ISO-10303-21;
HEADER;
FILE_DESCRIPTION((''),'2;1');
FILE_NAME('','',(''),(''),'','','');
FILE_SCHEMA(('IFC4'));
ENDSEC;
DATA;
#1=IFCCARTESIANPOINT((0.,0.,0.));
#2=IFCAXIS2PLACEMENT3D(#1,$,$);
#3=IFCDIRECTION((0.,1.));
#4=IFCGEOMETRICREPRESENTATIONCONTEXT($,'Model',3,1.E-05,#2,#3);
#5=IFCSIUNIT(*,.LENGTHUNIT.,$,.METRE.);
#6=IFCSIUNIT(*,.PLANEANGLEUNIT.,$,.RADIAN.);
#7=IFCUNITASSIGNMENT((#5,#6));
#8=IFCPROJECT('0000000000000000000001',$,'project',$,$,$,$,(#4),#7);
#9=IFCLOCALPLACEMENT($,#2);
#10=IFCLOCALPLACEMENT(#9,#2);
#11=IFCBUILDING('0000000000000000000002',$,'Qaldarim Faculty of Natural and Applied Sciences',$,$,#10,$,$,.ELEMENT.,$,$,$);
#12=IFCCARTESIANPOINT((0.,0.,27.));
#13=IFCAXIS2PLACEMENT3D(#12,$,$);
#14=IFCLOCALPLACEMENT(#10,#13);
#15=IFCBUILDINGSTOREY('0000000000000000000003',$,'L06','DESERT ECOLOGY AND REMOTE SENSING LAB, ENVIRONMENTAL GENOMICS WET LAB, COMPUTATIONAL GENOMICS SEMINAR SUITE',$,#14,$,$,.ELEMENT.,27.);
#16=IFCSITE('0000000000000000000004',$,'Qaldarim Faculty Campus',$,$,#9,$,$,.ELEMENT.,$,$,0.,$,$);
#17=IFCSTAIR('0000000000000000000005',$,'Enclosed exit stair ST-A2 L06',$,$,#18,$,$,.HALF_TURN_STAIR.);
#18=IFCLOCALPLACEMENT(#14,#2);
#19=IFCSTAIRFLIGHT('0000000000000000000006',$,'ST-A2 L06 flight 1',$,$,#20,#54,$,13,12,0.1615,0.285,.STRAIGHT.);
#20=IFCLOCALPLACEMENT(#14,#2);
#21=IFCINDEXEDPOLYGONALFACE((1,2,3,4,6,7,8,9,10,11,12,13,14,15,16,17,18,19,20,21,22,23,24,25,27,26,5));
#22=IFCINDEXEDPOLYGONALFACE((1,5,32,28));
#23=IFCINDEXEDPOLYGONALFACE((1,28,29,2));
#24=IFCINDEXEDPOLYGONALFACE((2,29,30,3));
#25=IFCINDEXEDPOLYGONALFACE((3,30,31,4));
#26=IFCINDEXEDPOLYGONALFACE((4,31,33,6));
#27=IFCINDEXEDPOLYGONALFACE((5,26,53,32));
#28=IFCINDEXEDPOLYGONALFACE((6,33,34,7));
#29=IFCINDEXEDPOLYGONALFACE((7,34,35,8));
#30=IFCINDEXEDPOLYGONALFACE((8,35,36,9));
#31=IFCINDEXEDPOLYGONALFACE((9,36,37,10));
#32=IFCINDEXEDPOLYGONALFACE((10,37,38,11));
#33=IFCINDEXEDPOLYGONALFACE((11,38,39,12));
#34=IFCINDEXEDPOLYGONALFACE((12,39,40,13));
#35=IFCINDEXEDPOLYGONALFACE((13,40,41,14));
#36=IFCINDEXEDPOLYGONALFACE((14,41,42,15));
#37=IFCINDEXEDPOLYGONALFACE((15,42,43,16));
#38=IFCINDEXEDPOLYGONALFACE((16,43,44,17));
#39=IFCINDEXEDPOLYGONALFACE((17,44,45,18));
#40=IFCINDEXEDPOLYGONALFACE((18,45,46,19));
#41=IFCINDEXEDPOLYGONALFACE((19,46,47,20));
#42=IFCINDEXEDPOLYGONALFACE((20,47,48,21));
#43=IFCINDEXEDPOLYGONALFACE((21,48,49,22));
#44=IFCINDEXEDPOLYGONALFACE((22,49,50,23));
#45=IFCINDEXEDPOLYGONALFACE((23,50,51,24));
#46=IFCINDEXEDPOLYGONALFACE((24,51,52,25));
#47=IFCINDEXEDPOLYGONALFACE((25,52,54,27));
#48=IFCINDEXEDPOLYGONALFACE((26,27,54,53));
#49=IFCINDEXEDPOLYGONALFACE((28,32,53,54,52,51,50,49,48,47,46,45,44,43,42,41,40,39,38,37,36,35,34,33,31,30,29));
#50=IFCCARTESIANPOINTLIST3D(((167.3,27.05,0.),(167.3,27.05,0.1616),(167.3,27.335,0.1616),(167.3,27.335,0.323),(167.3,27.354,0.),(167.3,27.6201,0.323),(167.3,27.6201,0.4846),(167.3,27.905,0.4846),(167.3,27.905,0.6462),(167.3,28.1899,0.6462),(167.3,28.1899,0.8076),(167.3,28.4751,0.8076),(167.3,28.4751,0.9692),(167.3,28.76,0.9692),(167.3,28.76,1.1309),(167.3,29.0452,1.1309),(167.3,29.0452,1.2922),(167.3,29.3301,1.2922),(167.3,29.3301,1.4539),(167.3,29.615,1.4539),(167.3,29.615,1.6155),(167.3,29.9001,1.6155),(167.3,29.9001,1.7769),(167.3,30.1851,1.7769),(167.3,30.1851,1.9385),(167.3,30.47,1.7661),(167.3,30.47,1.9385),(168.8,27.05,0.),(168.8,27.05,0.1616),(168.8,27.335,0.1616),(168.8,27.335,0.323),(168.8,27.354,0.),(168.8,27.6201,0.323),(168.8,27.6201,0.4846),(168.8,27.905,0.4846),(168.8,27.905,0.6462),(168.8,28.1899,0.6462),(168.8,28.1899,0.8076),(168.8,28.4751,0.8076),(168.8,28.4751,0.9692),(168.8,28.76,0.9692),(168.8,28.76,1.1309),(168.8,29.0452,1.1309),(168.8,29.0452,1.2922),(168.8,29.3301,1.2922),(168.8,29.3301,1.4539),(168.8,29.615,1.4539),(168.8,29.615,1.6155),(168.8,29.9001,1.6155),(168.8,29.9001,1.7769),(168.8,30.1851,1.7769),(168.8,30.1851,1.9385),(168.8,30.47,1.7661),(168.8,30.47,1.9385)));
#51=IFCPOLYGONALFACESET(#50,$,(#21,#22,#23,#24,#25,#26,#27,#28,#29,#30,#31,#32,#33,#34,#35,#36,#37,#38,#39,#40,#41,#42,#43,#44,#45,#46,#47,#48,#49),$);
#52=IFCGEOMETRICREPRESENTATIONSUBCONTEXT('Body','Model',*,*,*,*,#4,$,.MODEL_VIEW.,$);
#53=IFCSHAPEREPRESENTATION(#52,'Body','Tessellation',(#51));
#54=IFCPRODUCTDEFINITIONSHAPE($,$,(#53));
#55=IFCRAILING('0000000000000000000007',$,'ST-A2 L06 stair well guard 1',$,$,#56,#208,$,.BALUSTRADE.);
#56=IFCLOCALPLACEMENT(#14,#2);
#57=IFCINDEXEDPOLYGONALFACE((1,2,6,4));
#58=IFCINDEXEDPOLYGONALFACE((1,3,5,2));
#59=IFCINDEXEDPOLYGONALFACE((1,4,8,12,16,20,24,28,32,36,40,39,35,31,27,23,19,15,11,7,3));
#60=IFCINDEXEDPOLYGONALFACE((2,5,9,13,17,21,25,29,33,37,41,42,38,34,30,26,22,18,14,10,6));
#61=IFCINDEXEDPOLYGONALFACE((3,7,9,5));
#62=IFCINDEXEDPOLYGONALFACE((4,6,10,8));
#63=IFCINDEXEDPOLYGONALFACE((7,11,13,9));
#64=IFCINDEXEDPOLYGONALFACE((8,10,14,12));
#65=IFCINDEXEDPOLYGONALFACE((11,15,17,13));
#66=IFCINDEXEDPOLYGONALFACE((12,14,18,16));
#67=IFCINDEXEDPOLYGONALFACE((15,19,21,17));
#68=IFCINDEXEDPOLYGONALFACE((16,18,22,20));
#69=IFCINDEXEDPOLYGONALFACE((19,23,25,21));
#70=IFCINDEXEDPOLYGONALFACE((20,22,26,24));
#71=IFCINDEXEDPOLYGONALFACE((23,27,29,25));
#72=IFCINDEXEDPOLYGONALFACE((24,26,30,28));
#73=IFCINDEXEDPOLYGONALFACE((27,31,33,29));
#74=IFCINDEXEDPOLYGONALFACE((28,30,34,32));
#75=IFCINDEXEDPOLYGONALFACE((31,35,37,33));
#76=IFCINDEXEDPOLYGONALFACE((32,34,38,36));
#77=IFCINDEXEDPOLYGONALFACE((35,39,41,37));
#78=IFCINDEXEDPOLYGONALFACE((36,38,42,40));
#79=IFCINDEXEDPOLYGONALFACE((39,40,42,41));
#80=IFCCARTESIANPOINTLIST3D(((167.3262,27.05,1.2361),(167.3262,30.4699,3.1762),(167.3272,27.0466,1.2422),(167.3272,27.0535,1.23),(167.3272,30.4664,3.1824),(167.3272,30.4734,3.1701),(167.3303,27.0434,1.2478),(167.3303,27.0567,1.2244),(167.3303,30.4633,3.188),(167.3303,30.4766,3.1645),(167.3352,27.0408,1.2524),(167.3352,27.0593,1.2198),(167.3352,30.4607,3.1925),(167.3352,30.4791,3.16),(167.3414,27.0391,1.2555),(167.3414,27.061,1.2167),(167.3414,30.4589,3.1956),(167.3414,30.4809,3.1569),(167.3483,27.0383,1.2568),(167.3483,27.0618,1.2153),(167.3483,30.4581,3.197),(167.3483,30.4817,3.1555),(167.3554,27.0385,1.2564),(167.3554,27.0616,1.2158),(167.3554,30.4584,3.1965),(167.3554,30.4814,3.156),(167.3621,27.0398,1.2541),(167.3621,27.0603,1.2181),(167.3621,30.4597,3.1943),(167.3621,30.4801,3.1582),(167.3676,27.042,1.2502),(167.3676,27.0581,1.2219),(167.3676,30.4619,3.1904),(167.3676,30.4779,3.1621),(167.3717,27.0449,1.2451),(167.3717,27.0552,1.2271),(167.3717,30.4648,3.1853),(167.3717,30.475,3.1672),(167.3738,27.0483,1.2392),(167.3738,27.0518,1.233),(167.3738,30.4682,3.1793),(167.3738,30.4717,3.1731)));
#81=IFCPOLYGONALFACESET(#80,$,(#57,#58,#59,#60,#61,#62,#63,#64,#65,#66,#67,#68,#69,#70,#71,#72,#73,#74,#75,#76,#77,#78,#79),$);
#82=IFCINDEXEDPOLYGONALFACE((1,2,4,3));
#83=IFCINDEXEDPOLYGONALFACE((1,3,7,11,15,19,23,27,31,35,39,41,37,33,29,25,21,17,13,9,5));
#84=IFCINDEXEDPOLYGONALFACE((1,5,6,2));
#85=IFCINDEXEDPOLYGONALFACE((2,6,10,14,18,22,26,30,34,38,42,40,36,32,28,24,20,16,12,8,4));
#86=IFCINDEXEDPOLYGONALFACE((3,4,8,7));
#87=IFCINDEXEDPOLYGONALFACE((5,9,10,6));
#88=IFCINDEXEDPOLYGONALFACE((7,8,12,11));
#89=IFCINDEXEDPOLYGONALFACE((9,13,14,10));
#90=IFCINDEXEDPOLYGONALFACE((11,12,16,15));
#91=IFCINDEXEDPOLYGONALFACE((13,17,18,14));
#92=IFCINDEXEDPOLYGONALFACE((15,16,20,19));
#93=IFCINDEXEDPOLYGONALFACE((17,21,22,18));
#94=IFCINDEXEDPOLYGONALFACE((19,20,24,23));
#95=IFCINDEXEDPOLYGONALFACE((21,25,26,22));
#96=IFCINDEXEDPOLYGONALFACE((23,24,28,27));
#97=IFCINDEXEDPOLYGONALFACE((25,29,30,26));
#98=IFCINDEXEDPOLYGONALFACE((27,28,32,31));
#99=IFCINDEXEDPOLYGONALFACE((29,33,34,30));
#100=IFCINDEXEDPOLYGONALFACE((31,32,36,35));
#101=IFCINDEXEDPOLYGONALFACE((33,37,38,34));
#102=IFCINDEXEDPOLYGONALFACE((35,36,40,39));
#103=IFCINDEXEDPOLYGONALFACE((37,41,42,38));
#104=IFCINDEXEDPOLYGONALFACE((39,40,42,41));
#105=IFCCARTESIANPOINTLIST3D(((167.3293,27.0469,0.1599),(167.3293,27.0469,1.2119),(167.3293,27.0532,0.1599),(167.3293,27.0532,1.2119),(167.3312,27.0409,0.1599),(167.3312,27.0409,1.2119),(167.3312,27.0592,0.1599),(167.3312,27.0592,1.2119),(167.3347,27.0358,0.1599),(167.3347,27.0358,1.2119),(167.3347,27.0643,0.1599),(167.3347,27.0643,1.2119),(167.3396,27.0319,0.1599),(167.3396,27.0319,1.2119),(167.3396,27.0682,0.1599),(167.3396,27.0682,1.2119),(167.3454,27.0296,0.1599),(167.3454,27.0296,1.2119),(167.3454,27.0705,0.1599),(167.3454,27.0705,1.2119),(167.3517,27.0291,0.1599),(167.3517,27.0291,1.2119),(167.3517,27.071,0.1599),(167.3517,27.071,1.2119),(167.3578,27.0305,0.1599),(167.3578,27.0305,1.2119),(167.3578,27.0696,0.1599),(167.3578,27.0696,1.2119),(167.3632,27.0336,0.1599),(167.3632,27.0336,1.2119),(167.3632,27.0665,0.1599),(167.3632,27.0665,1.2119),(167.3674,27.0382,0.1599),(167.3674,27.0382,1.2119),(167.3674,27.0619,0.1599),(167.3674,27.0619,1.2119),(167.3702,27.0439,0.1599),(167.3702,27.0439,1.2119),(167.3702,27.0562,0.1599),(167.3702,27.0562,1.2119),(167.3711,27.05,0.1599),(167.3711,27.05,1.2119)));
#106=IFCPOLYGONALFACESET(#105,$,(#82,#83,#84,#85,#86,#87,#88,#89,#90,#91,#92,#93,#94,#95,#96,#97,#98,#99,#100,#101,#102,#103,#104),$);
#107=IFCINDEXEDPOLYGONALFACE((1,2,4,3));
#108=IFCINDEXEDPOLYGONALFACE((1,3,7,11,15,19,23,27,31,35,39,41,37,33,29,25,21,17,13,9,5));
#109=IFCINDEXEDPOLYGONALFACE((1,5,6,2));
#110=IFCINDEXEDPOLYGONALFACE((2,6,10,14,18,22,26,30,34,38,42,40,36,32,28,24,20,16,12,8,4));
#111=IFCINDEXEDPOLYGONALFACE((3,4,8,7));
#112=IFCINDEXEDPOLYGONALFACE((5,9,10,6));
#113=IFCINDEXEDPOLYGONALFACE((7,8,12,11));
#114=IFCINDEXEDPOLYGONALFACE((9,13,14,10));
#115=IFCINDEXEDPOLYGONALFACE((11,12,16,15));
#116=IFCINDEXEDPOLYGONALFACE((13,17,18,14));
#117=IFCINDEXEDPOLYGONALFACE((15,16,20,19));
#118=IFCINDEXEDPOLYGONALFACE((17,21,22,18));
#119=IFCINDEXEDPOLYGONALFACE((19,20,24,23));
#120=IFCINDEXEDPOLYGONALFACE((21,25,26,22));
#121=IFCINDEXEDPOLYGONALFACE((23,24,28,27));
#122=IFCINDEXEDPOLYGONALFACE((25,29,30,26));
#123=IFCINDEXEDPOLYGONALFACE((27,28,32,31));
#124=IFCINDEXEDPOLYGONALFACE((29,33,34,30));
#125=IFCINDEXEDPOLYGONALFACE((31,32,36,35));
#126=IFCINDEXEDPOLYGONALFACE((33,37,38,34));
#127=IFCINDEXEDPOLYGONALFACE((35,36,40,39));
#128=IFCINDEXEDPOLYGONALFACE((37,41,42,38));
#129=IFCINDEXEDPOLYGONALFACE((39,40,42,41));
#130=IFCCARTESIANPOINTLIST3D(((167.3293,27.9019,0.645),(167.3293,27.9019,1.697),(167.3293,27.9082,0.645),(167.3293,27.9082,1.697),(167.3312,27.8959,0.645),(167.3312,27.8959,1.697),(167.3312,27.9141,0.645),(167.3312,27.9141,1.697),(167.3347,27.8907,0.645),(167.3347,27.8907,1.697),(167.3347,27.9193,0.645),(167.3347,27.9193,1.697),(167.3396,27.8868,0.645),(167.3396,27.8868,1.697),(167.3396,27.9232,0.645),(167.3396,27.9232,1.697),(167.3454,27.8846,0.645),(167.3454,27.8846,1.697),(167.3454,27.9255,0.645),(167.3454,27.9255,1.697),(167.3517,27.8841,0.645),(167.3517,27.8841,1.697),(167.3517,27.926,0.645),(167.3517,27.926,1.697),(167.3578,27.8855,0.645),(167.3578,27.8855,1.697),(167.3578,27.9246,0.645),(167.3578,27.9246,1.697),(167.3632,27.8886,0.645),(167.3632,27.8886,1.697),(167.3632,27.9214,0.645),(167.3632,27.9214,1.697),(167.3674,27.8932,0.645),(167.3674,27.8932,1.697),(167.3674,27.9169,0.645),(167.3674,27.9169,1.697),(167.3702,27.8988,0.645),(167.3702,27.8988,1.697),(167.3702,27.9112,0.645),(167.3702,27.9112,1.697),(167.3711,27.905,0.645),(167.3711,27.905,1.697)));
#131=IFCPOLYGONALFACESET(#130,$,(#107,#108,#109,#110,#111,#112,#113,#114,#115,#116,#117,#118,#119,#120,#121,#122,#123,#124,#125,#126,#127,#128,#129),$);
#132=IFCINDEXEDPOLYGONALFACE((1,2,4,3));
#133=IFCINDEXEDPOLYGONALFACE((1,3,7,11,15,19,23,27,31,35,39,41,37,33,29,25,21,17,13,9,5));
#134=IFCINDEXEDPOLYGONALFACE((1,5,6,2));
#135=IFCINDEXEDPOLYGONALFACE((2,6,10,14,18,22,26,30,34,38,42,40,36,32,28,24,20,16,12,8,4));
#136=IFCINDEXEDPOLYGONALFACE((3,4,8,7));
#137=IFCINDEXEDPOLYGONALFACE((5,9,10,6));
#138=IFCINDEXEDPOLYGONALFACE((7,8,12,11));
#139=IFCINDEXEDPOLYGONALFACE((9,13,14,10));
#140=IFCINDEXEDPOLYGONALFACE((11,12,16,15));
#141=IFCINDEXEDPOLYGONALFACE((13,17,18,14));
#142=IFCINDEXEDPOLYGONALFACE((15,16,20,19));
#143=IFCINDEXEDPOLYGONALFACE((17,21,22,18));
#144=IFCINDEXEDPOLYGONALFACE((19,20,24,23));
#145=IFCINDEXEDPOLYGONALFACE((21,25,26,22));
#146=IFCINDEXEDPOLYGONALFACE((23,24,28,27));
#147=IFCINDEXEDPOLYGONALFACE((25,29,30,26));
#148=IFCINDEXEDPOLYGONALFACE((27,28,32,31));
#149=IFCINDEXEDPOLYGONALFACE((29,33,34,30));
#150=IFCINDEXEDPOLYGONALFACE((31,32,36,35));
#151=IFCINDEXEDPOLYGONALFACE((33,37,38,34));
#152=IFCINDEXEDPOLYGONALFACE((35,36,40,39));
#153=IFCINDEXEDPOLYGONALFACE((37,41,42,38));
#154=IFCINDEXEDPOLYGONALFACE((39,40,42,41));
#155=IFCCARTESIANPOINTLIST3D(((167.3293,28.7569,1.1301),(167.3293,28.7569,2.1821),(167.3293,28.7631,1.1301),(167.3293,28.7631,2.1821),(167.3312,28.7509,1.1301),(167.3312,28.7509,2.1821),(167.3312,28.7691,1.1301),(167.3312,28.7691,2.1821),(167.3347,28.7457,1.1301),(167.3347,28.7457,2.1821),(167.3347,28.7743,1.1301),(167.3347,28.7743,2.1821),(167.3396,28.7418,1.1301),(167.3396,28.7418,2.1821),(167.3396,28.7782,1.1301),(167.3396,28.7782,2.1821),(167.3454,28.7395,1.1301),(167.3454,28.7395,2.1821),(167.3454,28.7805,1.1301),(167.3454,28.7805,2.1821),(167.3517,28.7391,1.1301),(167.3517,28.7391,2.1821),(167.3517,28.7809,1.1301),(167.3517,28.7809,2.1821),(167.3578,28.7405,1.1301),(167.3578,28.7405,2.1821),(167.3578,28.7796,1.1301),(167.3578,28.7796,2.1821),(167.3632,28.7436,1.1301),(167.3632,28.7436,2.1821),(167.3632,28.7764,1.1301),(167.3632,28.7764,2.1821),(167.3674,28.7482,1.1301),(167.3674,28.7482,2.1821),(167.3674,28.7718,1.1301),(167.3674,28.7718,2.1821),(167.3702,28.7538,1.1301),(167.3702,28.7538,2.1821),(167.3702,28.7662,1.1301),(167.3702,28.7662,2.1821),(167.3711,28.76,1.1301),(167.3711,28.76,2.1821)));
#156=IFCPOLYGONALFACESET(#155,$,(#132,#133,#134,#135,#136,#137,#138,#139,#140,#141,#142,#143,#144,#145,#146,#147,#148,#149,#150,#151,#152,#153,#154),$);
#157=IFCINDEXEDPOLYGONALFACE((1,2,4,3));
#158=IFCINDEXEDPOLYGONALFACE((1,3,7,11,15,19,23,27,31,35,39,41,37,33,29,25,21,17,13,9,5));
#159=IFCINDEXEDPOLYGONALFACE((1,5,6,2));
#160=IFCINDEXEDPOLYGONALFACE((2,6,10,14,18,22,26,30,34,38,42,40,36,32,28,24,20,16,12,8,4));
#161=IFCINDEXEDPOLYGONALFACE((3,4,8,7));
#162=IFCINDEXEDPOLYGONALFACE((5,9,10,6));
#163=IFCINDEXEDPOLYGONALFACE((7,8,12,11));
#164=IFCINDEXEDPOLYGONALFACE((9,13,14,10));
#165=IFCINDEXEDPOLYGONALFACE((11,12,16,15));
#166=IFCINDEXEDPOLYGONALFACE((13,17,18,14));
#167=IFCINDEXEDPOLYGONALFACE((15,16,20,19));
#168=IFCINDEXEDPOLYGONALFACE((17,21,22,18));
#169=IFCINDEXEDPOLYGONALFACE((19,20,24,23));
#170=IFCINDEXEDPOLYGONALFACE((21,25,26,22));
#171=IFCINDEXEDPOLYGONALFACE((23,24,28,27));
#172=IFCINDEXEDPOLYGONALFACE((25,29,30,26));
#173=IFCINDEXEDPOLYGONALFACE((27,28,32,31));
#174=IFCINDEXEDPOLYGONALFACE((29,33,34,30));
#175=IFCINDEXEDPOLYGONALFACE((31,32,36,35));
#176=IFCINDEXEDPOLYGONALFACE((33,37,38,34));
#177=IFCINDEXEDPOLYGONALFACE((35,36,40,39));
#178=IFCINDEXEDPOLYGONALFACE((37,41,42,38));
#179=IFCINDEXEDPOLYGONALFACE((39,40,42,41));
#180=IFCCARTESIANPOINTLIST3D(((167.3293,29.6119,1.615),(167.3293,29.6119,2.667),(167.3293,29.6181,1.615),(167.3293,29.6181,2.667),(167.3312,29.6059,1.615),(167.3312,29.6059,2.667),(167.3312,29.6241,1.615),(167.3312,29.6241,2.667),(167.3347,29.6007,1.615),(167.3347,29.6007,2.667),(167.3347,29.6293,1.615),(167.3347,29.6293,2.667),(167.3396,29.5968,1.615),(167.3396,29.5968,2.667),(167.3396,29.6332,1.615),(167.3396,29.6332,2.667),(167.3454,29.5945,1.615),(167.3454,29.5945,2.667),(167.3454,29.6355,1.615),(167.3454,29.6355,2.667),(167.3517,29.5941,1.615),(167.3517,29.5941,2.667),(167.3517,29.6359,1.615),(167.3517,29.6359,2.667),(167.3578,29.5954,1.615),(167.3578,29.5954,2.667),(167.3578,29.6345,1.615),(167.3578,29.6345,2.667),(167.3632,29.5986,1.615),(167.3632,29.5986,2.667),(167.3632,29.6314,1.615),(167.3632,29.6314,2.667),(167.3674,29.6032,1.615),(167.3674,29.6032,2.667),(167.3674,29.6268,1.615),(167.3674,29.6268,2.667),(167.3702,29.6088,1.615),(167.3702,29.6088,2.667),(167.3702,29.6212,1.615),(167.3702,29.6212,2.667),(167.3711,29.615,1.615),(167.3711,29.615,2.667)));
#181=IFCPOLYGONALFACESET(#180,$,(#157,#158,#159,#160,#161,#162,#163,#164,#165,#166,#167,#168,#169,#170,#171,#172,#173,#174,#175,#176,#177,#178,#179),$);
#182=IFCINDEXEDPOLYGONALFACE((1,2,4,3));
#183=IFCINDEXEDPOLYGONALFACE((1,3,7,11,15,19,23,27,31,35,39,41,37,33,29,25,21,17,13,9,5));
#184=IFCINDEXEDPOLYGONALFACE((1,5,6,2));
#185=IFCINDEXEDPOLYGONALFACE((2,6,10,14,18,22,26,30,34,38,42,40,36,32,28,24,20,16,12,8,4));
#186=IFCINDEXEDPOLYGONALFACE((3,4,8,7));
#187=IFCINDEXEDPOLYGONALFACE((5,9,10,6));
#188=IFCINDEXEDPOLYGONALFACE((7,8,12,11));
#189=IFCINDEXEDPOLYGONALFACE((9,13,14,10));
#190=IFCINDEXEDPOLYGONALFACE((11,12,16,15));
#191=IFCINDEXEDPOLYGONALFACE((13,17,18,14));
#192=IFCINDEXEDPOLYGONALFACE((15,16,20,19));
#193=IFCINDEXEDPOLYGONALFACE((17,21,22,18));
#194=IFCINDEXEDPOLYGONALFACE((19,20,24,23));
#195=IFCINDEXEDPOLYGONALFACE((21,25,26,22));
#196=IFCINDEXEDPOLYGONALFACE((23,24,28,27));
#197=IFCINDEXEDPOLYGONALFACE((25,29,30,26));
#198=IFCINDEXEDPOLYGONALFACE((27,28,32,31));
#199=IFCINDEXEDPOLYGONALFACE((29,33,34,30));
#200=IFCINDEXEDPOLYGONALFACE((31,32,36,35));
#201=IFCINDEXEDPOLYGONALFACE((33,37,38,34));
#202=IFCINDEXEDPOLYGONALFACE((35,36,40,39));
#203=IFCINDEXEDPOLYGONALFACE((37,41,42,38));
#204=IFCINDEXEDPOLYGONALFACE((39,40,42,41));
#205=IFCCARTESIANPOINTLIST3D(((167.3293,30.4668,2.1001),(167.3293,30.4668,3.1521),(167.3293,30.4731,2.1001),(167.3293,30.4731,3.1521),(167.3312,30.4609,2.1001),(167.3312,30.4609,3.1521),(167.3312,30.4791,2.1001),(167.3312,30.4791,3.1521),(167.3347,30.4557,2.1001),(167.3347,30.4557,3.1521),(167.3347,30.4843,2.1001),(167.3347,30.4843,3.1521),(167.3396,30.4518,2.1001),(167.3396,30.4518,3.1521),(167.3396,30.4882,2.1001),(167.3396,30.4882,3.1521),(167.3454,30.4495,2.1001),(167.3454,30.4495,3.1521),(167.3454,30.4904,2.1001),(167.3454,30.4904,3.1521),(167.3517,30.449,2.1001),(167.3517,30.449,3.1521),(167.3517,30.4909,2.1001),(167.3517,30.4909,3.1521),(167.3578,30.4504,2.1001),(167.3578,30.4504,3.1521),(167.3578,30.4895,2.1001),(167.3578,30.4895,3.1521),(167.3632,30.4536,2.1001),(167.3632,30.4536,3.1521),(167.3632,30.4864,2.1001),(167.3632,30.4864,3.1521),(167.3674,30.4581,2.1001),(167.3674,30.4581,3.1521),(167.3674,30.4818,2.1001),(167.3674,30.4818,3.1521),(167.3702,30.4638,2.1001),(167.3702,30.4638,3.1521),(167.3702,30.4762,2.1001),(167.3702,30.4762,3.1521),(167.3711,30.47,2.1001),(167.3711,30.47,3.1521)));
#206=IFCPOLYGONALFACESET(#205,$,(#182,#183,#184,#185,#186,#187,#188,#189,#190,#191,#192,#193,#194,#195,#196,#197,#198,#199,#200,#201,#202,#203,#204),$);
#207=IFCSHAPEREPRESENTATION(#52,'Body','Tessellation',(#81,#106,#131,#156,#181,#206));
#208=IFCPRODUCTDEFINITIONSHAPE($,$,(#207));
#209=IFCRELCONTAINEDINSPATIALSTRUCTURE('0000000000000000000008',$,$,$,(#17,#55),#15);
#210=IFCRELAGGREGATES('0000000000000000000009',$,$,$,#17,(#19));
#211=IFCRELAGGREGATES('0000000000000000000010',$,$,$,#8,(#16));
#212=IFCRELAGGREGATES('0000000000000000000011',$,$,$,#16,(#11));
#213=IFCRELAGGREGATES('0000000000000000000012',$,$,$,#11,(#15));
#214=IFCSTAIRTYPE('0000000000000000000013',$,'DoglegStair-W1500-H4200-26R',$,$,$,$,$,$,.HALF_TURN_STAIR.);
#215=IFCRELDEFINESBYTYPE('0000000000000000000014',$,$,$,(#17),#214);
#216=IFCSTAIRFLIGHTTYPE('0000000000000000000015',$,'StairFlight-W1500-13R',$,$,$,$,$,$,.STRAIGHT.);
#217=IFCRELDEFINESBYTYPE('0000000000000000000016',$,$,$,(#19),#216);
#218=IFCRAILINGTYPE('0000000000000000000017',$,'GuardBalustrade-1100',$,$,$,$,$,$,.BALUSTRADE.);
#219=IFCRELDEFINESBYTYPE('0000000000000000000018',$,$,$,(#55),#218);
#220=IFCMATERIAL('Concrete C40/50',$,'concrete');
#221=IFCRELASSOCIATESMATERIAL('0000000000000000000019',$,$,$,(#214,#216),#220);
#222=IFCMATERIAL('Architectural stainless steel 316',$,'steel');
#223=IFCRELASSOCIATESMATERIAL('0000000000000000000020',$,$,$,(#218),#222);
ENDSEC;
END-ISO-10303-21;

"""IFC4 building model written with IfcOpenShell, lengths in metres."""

from ifc_helpers import new_model, si_unit, direction, frame, origin, origin_2d, place, context, subcontext, project, spatial, polyline, circle, outline, extrude, material, type_object, element, aggregate, save


model = new_model("IFC4")

# Units and contexts
model_context = context("Model", 3, precision=1e-05, world=origin(), true_north=direction((0.0, 1.0)))
body_context = subcontext(model_context, "Body", "Model", "MODEL_VIEW")
ifc_project = project(units=[si_unit("LENGTHUNIT", "METRE"), si_unit("PLANEANGLEUNIT", "RADIAN")], contexts=[model_context])

# Site, building, storey
site_placement = place(None, origin())
site = spatial("IfcSite", under=ifc_project, at=site_placement, Name="Qaldarim Faculty Campus", CompositionType="ELEMENT", RefElevation=0.0)
building_placement = place(site_placement, origin())
building = spatial("IfcBuilding", under=site, at=building_placement, Name="Qaldarim Faculty of Natural and Applied Sciences", CompositionType="ELEMENT")
storey_placement = place(building_placement, frame((0.0, 0.0, 27.0)))
storey = spatial("IfcBuildingStorey", under=building, at=storey_placement, Name="L06", Description="DESERT ECOLOGY AND REMOTE SENSING LAB, ENVIRONMENTAL GENOMICS WET LAB, COMPUTATIONAL GENOMICS SEMINAR SUITE", CompositionType="ELEMENT", Elevation=27.0)

# Shared definitions
ifc_material_1 = material(Name="Concrete C40/50", Category="concrete")

# Shared definitions
ifc_material_2 = material(Name="Architectural stainless steel 316", Category="steel")

# Stair, stair flight
stair_type = type_object("IfcStairType", Name="DoglegStair-W1500-H4200-26R", PredefinedType="HALF_TURN_STAIR", material=ifc_material_1)
stair_placement = place(storey_placement, origin())
stair = element("IfcStair", 1, at=stair_placement, inside=storey, type_object=stair_type, Name="Enclosed exit stair ST-A2 L06", PredefinedType="HALF_TURN_STAIR")
stair_flight_type = type_object("IfcStairFlightType", Name="StairFlight-W1500-13R", PredefinedType="STRAIGHT", material=ifc_material_1)
stair_flight_placement = place(storey_placement, frame((168.05, 27.05, 0.0), z_axis=(0.0, 0.0, 1.0), x_axis=(0.0, 1.0, 0.0)))
stair_flight = element("IfcStairFlight", 2, at=stair_flight_placement, type_object=stair_flight_type, Name="ST-A2 L06 flight 1", NumberOfRisers=13, NumberOfTreads=12, PredefinedType="STRAIGHT", RiserHeight=0.1615, TreadLength=0.285, context=body_context, shape_type="SweptSolid", body=[
    extrude(outline(polyline([(0.0, 0.0), (0.0, 0.1616), (0.2849, 0.1616), (0.2849, 0.323), (0.5701, 0.323), (0.5701, 0.4846), (0.855, 0.4846), (0.855, 0.6462), (1.1399, 0.6462), (1.1399, 0.8076), (1.425, 0.8076), (1.425, 0.9692), (1.71, 0.9692), (1.71, 1.1309), (1.9951, 1.1309), (1.9951, 1.2922), (2.28, 1.2922), (2.28, 1.4539), (2.5649, 1.4539), (2.5649, 1.6155), (2.8501, 1.6155), (2.8501, 1.7769), (3.135, 1.7769), (3.135, 1.9385), (3.4199, 1.9385), (3.4199, 2.1001), (3.4199, 1.7661), (0.304, 0.0), (0.0, 0.0)])), frame((0.0, 0.75, 0.0), z_axis=(0.0, -1.0, 0.0), x_axis=(1.0, 0.0, 0.0)), (0.0, 0.0, 1.0), 1.5),
])
aggregate(stair, [stair_flight])

# Railing
railing_type_1 = type_object("IfcRailingType", Name="GuardBalustrade-1100", PredefinedType="BALUSTRADE", material=ifc_material_2)
railing_1_placement = place(storey_placement, frame((167.3501, 27.05, 0.1599)))
element("IfcRailing", 3, at=railing_1_placement, inside=storey, type_object=railing_type_1, Name="ST-A2 L06 stair well guard 1", PredefinedType="BALUSTRADE", context=body_context, shape_type="SweptSolid", body=[
    extrude(circle(Radius=0.0239, at=origin_2d()), frame((0.0, 0.0, 1.0762), z_axis=(0.0, 0.869779, 0.493442), x_axis=(-1.0, 0.0, 0.0)), (0.0, 0.0, 1.0), 3.9319),
    extrude(circle(Radius=0.021, at=origin_2d()), origin(), (0.0, 0.0, 1.0), 1.052),
    extrude(circle(Radius=0.021, at=origin_2d()), frame((0.0, 0.855, 0.4851)), (0.0, 0.0, 1.0), 1.052),
    extrude(circle(Radius=0.021, at=origin_2d()), frame((0.0, 1.71, 0.9702)), (0.0, 0.0, 1.0), 1.052),
    extrude(circle(Radius=0.021, at=origin_2d()), frame((0.0, 2.5649, 1.4551)), (0.0, 0.0, 1.0), 1.052),
    extrude(circle(Radius=0.021, at=origin_2d()), frame((0.0, 3.4199, 1.9402)), (0.0, 0.0, 1.0), 1.052),
])

save(model, "model.ifc")
